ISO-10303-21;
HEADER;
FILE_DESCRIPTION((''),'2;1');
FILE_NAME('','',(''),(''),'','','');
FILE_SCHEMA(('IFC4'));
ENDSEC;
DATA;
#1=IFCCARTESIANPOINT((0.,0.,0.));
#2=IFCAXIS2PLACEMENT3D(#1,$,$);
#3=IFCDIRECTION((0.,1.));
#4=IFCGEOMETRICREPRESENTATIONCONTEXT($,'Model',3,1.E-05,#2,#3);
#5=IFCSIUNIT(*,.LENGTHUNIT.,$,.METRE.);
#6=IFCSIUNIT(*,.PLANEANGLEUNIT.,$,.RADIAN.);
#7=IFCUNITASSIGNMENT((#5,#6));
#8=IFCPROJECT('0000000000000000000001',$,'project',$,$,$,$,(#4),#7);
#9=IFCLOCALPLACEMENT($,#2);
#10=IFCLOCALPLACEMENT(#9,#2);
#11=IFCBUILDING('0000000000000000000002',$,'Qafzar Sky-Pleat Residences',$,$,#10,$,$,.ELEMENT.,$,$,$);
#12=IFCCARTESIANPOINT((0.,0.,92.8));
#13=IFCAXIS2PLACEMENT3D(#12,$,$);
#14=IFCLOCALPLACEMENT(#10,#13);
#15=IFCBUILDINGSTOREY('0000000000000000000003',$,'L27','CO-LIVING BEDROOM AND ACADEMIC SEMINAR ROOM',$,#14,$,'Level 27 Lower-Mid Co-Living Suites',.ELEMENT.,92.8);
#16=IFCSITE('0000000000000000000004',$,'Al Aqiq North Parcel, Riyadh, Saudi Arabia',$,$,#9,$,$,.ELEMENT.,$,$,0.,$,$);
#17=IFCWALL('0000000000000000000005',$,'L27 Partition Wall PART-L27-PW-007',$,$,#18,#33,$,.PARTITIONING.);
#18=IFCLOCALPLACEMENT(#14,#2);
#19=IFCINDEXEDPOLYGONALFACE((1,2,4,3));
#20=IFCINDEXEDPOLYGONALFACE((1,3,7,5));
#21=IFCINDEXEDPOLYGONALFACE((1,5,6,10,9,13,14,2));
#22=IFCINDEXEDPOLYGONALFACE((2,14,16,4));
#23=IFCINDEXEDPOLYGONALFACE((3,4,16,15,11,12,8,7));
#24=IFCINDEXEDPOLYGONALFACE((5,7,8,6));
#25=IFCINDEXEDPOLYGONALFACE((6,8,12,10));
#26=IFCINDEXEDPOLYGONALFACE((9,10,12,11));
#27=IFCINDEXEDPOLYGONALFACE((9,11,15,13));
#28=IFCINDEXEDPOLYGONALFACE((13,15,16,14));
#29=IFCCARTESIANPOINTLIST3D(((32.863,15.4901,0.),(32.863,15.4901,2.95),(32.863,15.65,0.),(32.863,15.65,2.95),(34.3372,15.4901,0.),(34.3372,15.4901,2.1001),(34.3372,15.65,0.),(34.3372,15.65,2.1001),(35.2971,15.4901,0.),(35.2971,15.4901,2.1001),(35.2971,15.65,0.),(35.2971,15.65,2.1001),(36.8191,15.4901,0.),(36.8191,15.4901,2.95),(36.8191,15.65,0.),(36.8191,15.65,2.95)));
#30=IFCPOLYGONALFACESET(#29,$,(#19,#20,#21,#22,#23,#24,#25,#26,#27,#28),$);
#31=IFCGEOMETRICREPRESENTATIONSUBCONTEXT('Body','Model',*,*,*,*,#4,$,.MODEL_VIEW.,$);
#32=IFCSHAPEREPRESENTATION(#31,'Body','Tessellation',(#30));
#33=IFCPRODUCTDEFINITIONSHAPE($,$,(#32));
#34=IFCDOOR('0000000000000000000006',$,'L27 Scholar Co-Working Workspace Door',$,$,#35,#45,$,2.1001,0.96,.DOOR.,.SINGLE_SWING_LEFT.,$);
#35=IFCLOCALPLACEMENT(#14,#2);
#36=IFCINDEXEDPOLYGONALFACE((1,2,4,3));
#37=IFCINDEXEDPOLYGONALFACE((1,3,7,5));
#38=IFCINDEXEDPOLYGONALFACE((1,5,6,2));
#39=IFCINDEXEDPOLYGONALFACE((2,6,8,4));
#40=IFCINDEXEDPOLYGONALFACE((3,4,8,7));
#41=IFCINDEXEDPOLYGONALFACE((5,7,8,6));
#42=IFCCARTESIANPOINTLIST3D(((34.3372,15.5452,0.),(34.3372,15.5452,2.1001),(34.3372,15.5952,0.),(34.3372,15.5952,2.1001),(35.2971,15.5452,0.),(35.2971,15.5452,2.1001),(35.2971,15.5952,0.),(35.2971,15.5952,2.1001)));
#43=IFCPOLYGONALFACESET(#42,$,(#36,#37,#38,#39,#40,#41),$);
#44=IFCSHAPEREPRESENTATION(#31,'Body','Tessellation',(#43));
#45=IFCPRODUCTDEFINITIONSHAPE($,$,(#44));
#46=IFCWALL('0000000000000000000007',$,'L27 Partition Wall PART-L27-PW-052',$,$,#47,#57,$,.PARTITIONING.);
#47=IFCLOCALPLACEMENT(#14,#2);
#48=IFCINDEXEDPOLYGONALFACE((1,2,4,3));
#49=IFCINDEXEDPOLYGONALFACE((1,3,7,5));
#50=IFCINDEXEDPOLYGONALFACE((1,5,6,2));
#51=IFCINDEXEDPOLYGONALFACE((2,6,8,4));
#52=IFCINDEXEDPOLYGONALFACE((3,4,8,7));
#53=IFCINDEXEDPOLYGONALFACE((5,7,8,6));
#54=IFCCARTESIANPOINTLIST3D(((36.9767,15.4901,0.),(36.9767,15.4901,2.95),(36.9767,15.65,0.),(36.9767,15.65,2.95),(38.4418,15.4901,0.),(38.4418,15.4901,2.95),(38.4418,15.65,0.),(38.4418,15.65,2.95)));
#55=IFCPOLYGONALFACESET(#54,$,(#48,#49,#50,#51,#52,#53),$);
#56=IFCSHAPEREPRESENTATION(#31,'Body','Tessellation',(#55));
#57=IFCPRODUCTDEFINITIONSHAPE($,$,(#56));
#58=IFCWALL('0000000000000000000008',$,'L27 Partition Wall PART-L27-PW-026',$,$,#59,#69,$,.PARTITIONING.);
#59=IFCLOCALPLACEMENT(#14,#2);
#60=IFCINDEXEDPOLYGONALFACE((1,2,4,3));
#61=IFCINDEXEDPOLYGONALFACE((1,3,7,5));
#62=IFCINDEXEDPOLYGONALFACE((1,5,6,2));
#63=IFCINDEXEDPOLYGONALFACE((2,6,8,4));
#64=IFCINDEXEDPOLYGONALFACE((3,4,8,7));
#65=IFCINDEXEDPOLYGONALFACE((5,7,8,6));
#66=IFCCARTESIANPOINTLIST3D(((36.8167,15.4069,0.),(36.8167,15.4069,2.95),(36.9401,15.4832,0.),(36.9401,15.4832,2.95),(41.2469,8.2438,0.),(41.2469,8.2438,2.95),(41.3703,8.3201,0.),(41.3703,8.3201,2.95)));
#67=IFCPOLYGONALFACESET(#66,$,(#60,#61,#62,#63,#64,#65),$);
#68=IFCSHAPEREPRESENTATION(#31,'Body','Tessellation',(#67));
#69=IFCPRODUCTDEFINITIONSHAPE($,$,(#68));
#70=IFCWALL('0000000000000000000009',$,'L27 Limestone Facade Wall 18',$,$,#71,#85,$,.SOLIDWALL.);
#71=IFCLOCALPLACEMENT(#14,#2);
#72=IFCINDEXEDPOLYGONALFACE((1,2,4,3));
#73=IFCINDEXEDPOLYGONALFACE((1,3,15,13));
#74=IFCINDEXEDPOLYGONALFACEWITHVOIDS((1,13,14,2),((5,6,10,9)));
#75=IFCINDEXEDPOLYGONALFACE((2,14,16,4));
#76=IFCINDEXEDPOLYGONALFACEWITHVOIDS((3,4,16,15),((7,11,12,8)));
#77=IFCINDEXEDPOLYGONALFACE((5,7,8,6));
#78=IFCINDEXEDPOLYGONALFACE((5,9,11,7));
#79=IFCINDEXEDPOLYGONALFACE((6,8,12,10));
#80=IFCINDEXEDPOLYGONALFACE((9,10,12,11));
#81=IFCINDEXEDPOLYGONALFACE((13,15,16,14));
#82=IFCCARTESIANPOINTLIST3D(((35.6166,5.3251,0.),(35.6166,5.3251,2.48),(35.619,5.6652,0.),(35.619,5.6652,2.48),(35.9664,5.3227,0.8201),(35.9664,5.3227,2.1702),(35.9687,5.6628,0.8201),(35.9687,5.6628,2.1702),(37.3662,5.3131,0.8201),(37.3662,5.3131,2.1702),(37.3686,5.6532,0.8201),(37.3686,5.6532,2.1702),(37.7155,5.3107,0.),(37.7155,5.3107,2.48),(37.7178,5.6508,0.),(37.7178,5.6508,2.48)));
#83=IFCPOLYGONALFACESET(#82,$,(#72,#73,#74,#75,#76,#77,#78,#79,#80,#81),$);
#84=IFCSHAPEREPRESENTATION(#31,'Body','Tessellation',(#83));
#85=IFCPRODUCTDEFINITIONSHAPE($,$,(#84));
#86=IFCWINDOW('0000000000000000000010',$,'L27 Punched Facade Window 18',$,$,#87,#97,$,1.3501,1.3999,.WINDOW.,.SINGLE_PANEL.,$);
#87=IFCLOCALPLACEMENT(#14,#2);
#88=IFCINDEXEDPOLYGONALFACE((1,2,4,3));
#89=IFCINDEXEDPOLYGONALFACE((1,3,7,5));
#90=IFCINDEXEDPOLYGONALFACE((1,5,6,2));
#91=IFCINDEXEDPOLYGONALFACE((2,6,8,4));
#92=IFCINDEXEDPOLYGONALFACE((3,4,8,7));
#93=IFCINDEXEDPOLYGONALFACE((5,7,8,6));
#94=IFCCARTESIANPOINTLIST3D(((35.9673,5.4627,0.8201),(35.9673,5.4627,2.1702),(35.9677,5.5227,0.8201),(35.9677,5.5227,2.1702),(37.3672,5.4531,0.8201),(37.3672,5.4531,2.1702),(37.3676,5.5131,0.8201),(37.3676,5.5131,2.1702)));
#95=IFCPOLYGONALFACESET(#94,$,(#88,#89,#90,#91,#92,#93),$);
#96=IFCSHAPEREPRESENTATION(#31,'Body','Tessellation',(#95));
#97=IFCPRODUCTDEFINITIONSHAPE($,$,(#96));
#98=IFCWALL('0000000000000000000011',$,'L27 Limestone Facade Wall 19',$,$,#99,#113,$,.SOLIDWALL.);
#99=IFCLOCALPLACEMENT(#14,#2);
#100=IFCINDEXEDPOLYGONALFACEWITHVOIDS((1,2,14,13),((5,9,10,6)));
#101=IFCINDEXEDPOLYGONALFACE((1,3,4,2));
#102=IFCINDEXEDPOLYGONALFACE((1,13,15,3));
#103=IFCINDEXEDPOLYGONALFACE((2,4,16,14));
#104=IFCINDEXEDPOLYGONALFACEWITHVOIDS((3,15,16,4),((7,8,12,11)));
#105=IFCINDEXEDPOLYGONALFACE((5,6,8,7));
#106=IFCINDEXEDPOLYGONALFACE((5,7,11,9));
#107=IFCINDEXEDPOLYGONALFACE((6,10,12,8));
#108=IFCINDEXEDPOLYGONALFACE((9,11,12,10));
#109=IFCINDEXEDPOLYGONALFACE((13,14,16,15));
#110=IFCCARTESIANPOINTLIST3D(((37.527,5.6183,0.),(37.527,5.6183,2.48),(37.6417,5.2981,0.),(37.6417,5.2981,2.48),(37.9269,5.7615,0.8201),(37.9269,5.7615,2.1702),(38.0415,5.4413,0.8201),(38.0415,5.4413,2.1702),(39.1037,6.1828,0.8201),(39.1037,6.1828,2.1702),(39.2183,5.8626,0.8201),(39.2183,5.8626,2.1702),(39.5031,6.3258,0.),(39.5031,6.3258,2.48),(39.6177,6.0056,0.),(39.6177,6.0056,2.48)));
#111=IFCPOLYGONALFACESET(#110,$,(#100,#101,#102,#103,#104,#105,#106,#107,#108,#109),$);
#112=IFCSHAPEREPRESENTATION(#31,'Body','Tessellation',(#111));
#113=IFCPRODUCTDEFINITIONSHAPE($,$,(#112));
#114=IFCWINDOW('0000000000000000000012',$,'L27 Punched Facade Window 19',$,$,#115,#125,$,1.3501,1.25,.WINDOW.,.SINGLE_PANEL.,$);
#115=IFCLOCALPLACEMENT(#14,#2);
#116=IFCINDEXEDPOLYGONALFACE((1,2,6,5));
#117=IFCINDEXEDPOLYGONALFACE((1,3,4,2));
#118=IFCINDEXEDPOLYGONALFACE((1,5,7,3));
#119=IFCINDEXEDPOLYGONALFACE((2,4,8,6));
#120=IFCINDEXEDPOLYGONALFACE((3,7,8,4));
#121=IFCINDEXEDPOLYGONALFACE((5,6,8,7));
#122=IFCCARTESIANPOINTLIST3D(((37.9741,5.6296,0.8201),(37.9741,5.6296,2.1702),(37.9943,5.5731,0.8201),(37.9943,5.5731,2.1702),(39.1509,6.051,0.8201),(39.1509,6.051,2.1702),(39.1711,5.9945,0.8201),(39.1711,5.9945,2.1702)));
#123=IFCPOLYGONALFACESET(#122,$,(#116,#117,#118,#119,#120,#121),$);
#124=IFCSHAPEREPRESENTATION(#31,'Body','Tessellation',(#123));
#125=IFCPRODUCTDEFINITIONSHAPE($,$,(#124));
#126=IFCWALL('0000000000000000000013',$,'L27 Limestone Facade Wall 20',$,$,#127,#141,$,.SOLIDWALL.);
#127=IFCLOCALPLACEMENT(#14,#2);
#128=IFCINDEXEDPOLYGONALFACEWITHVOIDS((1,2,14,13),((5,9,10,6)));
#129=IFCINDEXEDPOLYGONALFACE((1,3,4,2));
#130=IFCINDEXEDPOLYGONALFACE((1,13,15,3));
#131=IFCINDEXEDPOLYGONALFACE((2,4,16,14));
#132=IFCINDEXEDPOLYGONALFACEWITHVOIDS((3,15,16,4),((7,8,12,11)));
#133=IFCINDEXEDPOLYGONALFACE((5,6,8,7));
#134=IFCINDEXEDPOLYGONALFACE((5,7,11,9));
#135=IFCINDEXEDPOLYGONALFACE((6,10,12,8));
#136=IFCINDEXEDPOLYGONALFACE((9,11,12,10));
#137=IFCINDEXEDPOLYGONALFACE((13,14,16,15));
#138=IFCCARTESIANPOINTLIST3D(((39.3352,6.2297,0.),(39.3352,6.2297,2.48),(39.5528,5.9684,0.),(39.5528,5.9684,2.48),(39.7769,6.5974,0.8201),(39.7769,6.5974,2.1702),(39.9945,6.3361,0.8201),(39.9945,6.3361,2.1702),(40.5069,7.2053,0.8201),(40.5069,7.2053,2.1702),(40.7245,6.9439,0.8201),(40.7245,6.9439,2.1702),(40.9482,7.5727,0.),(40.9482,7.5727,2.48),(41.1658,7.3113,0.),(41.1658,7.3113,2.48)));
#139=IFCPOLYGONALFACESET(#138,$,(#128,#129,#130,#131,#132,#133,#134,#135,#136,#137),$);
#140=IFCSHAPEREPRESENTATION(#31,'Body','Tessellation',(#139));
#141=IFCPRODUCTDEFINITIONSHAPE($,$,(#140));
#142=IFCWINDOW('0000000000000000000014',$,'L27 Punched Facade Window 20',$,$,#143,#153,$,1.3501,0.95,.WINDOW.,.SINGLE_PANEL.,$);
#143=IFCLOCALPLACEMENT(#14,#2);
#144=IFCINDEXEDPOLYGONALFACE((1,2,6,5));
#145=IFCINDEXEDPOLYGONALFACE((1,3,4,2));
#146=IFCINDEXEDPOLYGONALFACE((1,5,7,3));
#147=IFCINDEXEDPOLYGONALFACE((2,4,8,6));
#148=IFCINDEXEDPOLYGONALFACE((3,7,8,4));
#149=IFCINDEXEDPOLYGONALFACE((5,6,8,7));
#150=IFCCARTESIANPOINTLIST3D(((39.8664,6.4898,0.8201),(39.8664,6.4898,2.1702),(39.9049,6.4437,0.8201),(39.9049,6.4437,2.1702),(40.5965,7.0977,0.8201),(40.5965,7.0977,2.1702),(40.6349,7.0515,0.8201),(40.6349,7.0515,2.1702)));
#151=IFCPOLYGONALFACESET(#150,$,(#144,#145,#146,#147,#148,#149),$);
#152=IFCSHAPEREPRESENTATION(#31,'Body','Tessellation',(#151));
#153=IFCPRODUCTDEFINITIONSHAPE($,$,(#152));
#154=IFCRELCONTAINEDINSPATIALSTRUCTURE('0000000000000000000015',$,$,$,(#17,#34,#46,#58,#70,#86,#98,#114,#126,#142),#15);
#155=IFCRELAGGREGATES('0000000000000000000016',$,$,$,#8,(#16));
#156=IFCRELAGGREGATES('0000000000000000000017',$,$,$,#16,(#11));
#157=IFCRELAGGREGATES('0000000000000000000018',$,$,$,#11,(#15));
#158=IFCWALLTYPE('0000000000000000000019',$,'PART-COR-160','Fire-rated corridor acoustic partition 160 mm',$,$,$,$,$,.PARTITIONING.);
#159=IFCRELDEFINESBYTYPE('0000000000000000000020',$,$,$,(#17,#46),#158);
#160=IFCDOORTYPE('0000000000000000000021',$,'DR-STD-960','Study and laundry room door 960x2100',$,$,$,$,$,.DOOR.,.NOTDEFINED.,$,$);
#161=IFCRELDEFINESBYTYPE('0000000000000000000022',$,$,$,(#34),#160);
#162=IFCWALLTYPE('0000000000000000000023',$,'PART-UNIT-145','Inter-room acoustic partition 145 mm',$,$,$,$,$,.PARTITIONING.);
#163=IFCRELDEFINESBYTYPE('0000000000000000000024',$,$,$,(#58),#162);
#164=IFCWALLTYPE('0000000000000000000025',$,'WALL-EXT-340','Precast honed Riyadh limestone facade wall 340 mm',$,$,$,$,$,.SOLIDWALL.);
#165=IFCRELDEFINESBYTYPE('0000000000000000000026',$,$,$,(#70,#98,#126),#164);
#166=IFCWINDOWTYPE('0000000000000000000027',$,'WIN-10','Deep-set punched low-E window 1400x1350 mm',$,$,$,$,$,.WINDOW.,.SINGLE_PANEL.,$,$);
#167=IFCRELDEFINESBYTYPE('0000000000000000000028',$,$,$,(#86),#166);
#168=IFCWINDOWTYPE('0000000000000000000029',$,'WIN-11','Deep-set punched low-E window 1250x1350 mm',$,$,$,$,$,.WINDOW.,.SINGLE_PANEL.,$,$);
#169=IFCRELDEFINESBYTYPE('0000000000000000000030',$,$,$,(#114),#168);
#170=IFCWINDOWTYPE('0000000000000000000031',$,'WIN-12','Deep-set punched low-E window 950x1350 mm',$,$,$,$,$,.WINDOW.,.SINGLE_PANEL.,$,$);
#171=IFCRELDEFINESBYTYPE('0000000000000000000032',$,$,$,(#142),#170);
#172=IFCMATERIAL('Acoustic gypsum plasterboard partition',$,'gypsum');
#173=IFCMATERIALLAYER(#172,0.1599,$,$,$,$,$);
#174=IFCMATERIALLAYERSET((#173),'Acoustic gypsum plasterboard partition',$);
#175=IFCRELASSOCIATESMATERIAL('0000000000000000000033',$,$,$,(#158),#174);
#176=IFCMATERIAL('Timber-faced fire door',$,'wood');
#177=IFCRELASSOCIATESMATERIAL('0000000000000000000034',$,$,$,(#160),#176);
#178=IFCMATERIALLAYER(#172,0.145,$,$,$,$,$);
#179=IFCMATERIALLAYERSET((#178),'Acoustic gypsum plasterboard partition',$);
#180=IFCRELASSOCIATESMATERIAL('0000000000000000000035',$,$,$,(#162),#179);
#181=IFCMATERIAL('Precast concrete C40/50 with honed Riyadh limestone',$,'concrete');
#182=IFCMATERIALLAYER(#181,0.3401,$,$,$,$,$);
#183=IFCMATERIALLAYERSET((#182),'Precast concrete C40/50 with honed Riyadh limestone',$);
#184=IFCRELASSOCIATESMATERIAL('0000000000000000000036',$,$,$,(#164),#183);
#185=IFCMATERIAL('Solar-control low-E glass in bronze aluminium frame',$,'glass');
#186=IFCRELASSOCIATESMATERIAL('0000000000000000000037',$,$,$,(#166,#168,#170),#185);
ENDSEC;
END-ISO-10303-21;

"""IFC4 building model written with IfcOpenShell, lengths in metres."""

from ifc_helpers import new_model, si_unit, direction, frame, frame_2d, origin, place, context, subcontext, project, spatial, rectangle, extrude, source, transform, mapped, material, layer, layer_set, type_object, element, fill, save


model = new_model("IFC4")

# Units and contexts
model_context = context("Model", 3, precision=1e-05, world=origin(), true_north=direction((0.0, 1.0)))
body_context = subcontext(model_context, "Body", "Model", "MODEL_VIEW")
ifc_project = project(units=[si_unit("LENGTHUNIT", "METRE"), si_unit("PLANEANGLEUNIT", "RADIAN")], contexts=[model_context])

# Site, building, storey
site_placement = place(None, origin())
site = spatial("IfcSite", under=ifc_project, at=site_placement, Name="Al Aqiq North Parcel, Riyadh, Saudi Arabia", CompositionType="ELEMENT", RefElevation=0.0)
building_placement = place(site_placement, origin())
building = spatial("IfcBuilding", under=site, at=building_placement, Name="Qafzar Sky-Pleat Residences", CompositionType="ELEMENT")
storey_placement = place(building_placement, frame((0.0, 0.0, 92.8)))
storey = spatial("IfcBuildingStorey", under=building, at=storey_placement, Name="L27", Description="CO-LIVING BEDROOM AND ACADEMIC SEMINAR ROOM", LongName="Level 27 Lower-Mid Co-Living Suites", CompositionType="ELEMENT", Elevation=92.8)

# Wall, opening, door
ifc_material_1 = material(Name="Acoustic gypsum plasterboard partition", Category="gypsum")
ifc_layer_1 = layer(ifc_material_1, 0.1599)
ifc_layer_set_1 = layer_set([ifc_layer_1], Name="Acoustic gypsum plasterboard partition")
wall_type_1 = type_object("IfcWallType", Name="PART-COR-160", Description="Fire-rated corridor acoustic partition 160 mm", PredefinedType="PARTITIONING", material=ifc_layer_set_1)
wall_1_placement = place(storey_placement, frame((36.8191, 15.5701, 0.0), z_axis=(0.0, 0.0, 1.0), x_axis=(-1.0, 0.0, 0.0)))
wall_1 = element("IfcWall", 1, at=wall_1_placement, inside=storey, type_object=wall_type_1, Name="L27 Partition Wall PART-L27-PW-007", PredefinedType="PARTITIONING", context=body_context, shape_type="SweptSolid", body=[
    extrude(rectangle(XDim=3.9561, YDim=0.1599, at=frame_2d((1.978, 0.0))), origin(), (0.0, 0.0, 1.0), 2.95),
])
opening_1_placement = place(wall_1_placement, frame((1.522, 0.0, 0.0)))
opening_1 = element("IfcOpeningElement", 2, at=opening_1_placement, cuts=wall_1, PredefinedType="OPENING", context=body_context, shape_type="SweptSolid", body=[
    extrude(rectangle(XDim=0.96, YDim=2.1001, at=frame_2d((0.48, 1.05))), frame((0.0, 0.0898, 0.0), z_axis=(0.0, -1.0, 0.0), x_axis=(1.0, 0.0, 0.0)), (0.0, 0.0, 1.0), 0.1799),
])
ifc_material_2 = material(Name="Timber-faced fire door", Category="wood")
door_type_1 = type_object("IfcDoorType", Name="DR-STD-960", Description="Study and laundry room door 960x2100", OperationType="NOTDEFINED", PredefinedType="DOOR", material=ifc_material_2)
shared_shape_1 = source(origin(), body_context, "Body", "SweptSolid", [
    extrude(rectangle(XDim=0.96, YDim=2.1001, at=frame_2d((0.48, 1.05))), frame((0.0, 0.0249, 0.0), z_axis=(0.0, -1.0, 0.0), x_axis=(1.0, 0.0, 0.0)), (0.0, 0.0, 1.0), 0.05),
])
door_1_placement = place(opening_1_placement, origin())
door_1 = element("IfcDoor", 3, at=door_1_placement, inside=storey, type_object=door_type_1, Name="L27 Scholar Co-Working Workspace Door", OperationType="SINGLE_SWING_LEFT", OverallHeight=2.1001, OverallWidth=0.96, PredefinedType="DOOR", context=body_context, shape_type="MappedRepresentation", body=[
    mapped(shared_shape_1, transform((0.0, 0.0, 0.0), x_axis=(1.0, 0.0, 0.0), y_axis=(0.0, 1.0, 0.0), z_axis=(0.0, 0.0, 1.0), scale=1.0)),
])
fill(opening_1, door_1)

# Walls
wall_2_placement = place(storey_placement, frame((36.9768, 15.5701, 0.0), z_axis=(0.0, 0.0, 1.0), x_axis=(1.0, 0.0, 0.0)))
element("IfcWall", 4, at=wall_2_placement, inside=storey, type_object=wall_type_1, Name="L27 Partition Wall PART-L27-PW-052", PredefinedType="PARTITIONING", context=body_context, shape_type="SweptSolid", body=[
    extrude(rectangle(XDim=1.4651, YDim=0.1599, at=frame_2d((0.7324, 0.0))), origin(), (0.0, 0.0, 1.0), 2.95),
])
ifc_layer_2 = layer(ifc_material_1, 0.145)
ifc_layer_set_2 = layer_set([ifc_layer_2], Name="Acoustic gypsum plasterboard partition")
wall_type_2 = type_object("IfcWallType", Name="PART-UNIT-145", Description="Inter-room acoustic partition 145 mm", PredefinedType="PARTITIONING", material=ifc_layer_set_2)
wall_3_placement = place(storey_placement, frame((36.8784, 15.4451, 0.0), z_axis=(0.0, 0.0, 1.0), x_axis=(0.526001, -0.850484, 0.0)))
element("IfcWall", 5, at=wall_3_placement, inside=storey, type_object=wall_type_2, Name="L27 Partition Wall PART-L27-PW-026", PredefinedType="PARTITIONING", context=body_context, shape_type="SweptSolid", body=[
    extrude(rectangle(XDim=8.4224, YDim=0.145, at=frame_2d((4.2112, 0.0))), origin(), (0.0, 0.0, 1.0), 2.95),
])

# Walls, openings, windows
ifc_material_3 = material(Name="Precast concrete C40/50 with honed Riyadh limestone", Category="concrete")
ifc_layer_3 = layer(ifc_material_3, 0.3401)
ifc_layer_set_3 = layer_set([ifc_layer_3], Name="Precast concrete C40/50 with honed Riyadh limestone")
wall_type_3 = type_object("IfcWallType", Name="WALL-EXT-340", Description="Precast honed Riyadh limestone facade wall 340 mm", PredefinedType="SOLIDWALL", material=ifc_layer_set_3)
wall_4_placement = place(storey_placement, frame((35.6179, 5.4951, 0.0), z_axis=(0.0, 0.0, 1.0), x_axis=(0.999976, -0.006863, 0.0)))
wall_4 = element("IfcWall", 6, at=wall_4_placement, inside=storey, type_object=wall_type_3, Name="L27 Limestone Facade Wall 18", PredefinedType="SOLIDWALL", context=body_context, shape_type="SweptSolid", body=[
    extrude(rectangle(XDim=2.0989, YDim=0.3401, at=frame_2d((1.0493, 0.0))), origin(), (0.0, 0.0, 1.0), 2.48),
])
opening_2_placement = place(wall_4_placement, frame((0.3496, 0.0, 0.8201)))
opening_2 = element("IfcOpeningElement", 7, at=opening_2_placement, cuts=wall_4, PredefinedType="OPENING", context=body_context, shape_type="SweptSolid", body=[
    extrude(rectangle(XDim=1.3999, YDim=1.3501, at=frame_2d((0.7, 0.675))), frame((0.0, 0.1802, 0.0), z_axis=(0.0, -1.0, 0.0), x_axis=(1.0, 0.0, 0.0)), (0.0, 0.0, 1.0), 0.3601),
])
ifc_material_4 = material(Name="Solar-control low-E glass in bronze aluminium frame", Category="glass")
window_type_1 = type_object("IfcWindowType", Name="WIN-10", Description="Deep-set punched low-E window 1400x1350 mm", PartitioningType="SINGLE_PANEL", PredefinedType="WINDOW", material=ifc_material_4)
shared_shape_2 = source(origin(), body_context, "Body", "SweptSolid", [
    extrude(rectangle(XDim=1.3999, YDim=1.3501, at=frame_2d((0.7, 0.675))), frame((0.0, 0.03, 0.0), z_axis=(0.0, -1.0, 0.0), x_axis=(1.0, 0.0, 0.0)), (0.0, 0.0, 1.0), 0.0601),
])
window_1_placement = place(opening_2_placement, origin())
window_1 = element("IfcWindow", 8, at=window_1_placement, inside=storey, type_object=window_type_1, Name="L27 Punched Facade Window 18", OverallHeight=1.3501, OverallWidth=1.3999, PartitioningType="SINGLE_PANEL", PredefinedType="WINDOW", context=body_context, shape_type="MappedRepresentation", body=[
    mapped(shared_shape_2, transform((0.0, 0.0, 0.0), x_axis=(1.0, 0.0, 0.0), y_axis=(0.0, 1.0, 0.0), z_axis=(0.0, 0.0, 1.0), scale=1.0)),
])
fill(opening_2, window_1)
wall_5_placement = place(storey_placement, frame((37.5845, 5.4583, 0.0), z_axis=(0.0, 0.0, 1.0), x_axis=(0.941473, 0.337088, 0.0)))
wall_5 = element("IfcWall", 9, at=wall_5_placement, inside=storey, type_object=wall_type_3, Name="L27 Limestone Facade Wall 19", PredefinedType="SOLIDWALL", context=body_context, shape_type="SweptSolid", body=[
    extrude(rectangle(XDim=2.0989, YDim=0.3401, at=frame_2d((1.0493, 0.0))), origin(), (0.0, 0.0, 1.0), 2.48),
])
opening_3_placement = place(wall_5_placement, frame((0.4246, 0.0, 0.8201)))
opening_3 = element("IfcOpeningElement", 10, at=opening_3_placement, cuts=wall_5, PredefinedType="OPENING", context=body_context, shape_type="SweptSolid", body=[
    extrude(rectangle(XDim=1.25, YDim=1.3501, at=frame_2d((0.625, 0.675))), frame((0.0, 0.1802, 0.0), z_axis=(0.0, -1.0, 0.0), x_axis=(1.0, 0.0, 0.0)), (0.0, 0.0, 1.0), 0.3601),
])
window_type_2 = type_object("IfcWindowType", Name="WIN-11", Description="Deep-set punched low-E window 1250x1350 mm", PartitioningType="SINGLE_PANEL", PredefinedType="WINDOW", material=ifc_material_4)
shared_shape_3 = source(origin(), body_context, "Body", "SweptSolid", [
    extrude(rectangle(XDim=1.25, YDim=1.3501, at=frame_2d((0.625, 0.675))), frame((0.0, 0.03, 0.0), z_axis=(0.0, -1.0, 0.0), x_axis=(1.0, 0.0, 0.0)), (0.0, 0.0, 1.0), 0.0601),
])
window_2_placement = place(opening_3_placement, origin())
window_2 = element("IfcWindow", 11, at=window_2_placement, inside=storey, type_object=window_type_2, Name="L27 Punched Facade Window 19", OverallHeight=1.3501, OverallWidth=1.25, PartitioningType="SINGLE_PANEL", PredefinedType="WINDOW", context=body_context, shape_type="MappedRepresentation", body=[
    mapped(shared_shape_3, transform((0.0, 0.0, 0.0), x_axis=(1.0, 0.0, 0.0), y_axis=(0.0, 1.0, 0.0), z_axis=(0.0, 0.0, 1.0), scale=1.0)),
])
fill(opening_3, window_2)
wall_6_placement = place(storey_placement, frame((39.4441, 6.0991, 0.0), z_axis=(0.0, 0.0, 1.0), x_axis=(0.768498, 0.639853, 0.0)))
wall_6 = element("IfcWall", 12, at=wall_6_placement, inside=storey, type_object=wall_type_3, Name="L27 Limestone Facade Wall 20", PredefinedType="SOLIDWALL", context=body_context, shape_type="SweptSolid", body=[
    extrude(rectangle(XDim=2.0989, YDim=0.3401, at=frame_2d((1.0493, 0.0))), origin(), (0.0, 0.0, 1.0), 2.48),
])
opening_4_placement = place(wall_6_placement, frame((0.5745, 0.0, 0.8201)))
opening_4 = element("IfcOpeningElement", 13, at=opening_4_placement, cuts=wall_6, PredefinedType="OPENING", context=body_context, shape_type="SweptSolid", body=[
    extrude(rectangle(XDim=0.95, YDim=1.3501, at=frame_2d((0.4751, 0.675))), frame((0.0, 0.1802, 0.0), z_axis=(0.0, -1.0, 0.0), x_axis=(1.0, 0.0, 0.0)), (0.0, 0.0, 1.0), 0.3601),
])
window_type_3 = type_object("IfcWindowType", Name="WIN-12", Description="Deep-set punched low-E window 950x1350 mm", PartitioningType="SINGLE_PANEL", PredefinedType="WINDOW", material=ifc_material_4)
shared_shape_4 = source(origin(), body_context, "Body", "SweptSolid", [
    extrude(rectangle(XDim=0.95, YDim=1.3501, at=frame_2d((0.4751, 0.675))), frame((0.0, 0.03, 0.0), z_axis=(0.0, -1.0, 0.0), x_axis=(1.0, 0.0, 0.0)), (0.0, 0.0, 1.0), 0.0601),
])
window_3_placement = place(opening_4_placement, origin())
window_3 = element("IfcWindow", 14, at=window_3_placement, inside=storey, type_object=window_type_3, Name="L27 Punched Facade Window 20", OverallHeight=1.3501, OverallWidth=0.95, PartitioningType="SINGLE_PANEL", PredefinedType="WINDOW", context=body_context, shape_type="MappedRepresentation", body=[
    mapped(shared_shape_4, transform((0.0, 0.0, 0.0), x_axis=(1.0, 0.0, 0.0), y_axis=(0.0, 1.0, 0.0), z_axis=(0.0, 0.0, 1.0), scale=1.0)),
])
fill(opening_4, window_3)

save(model, "model.ifc")
